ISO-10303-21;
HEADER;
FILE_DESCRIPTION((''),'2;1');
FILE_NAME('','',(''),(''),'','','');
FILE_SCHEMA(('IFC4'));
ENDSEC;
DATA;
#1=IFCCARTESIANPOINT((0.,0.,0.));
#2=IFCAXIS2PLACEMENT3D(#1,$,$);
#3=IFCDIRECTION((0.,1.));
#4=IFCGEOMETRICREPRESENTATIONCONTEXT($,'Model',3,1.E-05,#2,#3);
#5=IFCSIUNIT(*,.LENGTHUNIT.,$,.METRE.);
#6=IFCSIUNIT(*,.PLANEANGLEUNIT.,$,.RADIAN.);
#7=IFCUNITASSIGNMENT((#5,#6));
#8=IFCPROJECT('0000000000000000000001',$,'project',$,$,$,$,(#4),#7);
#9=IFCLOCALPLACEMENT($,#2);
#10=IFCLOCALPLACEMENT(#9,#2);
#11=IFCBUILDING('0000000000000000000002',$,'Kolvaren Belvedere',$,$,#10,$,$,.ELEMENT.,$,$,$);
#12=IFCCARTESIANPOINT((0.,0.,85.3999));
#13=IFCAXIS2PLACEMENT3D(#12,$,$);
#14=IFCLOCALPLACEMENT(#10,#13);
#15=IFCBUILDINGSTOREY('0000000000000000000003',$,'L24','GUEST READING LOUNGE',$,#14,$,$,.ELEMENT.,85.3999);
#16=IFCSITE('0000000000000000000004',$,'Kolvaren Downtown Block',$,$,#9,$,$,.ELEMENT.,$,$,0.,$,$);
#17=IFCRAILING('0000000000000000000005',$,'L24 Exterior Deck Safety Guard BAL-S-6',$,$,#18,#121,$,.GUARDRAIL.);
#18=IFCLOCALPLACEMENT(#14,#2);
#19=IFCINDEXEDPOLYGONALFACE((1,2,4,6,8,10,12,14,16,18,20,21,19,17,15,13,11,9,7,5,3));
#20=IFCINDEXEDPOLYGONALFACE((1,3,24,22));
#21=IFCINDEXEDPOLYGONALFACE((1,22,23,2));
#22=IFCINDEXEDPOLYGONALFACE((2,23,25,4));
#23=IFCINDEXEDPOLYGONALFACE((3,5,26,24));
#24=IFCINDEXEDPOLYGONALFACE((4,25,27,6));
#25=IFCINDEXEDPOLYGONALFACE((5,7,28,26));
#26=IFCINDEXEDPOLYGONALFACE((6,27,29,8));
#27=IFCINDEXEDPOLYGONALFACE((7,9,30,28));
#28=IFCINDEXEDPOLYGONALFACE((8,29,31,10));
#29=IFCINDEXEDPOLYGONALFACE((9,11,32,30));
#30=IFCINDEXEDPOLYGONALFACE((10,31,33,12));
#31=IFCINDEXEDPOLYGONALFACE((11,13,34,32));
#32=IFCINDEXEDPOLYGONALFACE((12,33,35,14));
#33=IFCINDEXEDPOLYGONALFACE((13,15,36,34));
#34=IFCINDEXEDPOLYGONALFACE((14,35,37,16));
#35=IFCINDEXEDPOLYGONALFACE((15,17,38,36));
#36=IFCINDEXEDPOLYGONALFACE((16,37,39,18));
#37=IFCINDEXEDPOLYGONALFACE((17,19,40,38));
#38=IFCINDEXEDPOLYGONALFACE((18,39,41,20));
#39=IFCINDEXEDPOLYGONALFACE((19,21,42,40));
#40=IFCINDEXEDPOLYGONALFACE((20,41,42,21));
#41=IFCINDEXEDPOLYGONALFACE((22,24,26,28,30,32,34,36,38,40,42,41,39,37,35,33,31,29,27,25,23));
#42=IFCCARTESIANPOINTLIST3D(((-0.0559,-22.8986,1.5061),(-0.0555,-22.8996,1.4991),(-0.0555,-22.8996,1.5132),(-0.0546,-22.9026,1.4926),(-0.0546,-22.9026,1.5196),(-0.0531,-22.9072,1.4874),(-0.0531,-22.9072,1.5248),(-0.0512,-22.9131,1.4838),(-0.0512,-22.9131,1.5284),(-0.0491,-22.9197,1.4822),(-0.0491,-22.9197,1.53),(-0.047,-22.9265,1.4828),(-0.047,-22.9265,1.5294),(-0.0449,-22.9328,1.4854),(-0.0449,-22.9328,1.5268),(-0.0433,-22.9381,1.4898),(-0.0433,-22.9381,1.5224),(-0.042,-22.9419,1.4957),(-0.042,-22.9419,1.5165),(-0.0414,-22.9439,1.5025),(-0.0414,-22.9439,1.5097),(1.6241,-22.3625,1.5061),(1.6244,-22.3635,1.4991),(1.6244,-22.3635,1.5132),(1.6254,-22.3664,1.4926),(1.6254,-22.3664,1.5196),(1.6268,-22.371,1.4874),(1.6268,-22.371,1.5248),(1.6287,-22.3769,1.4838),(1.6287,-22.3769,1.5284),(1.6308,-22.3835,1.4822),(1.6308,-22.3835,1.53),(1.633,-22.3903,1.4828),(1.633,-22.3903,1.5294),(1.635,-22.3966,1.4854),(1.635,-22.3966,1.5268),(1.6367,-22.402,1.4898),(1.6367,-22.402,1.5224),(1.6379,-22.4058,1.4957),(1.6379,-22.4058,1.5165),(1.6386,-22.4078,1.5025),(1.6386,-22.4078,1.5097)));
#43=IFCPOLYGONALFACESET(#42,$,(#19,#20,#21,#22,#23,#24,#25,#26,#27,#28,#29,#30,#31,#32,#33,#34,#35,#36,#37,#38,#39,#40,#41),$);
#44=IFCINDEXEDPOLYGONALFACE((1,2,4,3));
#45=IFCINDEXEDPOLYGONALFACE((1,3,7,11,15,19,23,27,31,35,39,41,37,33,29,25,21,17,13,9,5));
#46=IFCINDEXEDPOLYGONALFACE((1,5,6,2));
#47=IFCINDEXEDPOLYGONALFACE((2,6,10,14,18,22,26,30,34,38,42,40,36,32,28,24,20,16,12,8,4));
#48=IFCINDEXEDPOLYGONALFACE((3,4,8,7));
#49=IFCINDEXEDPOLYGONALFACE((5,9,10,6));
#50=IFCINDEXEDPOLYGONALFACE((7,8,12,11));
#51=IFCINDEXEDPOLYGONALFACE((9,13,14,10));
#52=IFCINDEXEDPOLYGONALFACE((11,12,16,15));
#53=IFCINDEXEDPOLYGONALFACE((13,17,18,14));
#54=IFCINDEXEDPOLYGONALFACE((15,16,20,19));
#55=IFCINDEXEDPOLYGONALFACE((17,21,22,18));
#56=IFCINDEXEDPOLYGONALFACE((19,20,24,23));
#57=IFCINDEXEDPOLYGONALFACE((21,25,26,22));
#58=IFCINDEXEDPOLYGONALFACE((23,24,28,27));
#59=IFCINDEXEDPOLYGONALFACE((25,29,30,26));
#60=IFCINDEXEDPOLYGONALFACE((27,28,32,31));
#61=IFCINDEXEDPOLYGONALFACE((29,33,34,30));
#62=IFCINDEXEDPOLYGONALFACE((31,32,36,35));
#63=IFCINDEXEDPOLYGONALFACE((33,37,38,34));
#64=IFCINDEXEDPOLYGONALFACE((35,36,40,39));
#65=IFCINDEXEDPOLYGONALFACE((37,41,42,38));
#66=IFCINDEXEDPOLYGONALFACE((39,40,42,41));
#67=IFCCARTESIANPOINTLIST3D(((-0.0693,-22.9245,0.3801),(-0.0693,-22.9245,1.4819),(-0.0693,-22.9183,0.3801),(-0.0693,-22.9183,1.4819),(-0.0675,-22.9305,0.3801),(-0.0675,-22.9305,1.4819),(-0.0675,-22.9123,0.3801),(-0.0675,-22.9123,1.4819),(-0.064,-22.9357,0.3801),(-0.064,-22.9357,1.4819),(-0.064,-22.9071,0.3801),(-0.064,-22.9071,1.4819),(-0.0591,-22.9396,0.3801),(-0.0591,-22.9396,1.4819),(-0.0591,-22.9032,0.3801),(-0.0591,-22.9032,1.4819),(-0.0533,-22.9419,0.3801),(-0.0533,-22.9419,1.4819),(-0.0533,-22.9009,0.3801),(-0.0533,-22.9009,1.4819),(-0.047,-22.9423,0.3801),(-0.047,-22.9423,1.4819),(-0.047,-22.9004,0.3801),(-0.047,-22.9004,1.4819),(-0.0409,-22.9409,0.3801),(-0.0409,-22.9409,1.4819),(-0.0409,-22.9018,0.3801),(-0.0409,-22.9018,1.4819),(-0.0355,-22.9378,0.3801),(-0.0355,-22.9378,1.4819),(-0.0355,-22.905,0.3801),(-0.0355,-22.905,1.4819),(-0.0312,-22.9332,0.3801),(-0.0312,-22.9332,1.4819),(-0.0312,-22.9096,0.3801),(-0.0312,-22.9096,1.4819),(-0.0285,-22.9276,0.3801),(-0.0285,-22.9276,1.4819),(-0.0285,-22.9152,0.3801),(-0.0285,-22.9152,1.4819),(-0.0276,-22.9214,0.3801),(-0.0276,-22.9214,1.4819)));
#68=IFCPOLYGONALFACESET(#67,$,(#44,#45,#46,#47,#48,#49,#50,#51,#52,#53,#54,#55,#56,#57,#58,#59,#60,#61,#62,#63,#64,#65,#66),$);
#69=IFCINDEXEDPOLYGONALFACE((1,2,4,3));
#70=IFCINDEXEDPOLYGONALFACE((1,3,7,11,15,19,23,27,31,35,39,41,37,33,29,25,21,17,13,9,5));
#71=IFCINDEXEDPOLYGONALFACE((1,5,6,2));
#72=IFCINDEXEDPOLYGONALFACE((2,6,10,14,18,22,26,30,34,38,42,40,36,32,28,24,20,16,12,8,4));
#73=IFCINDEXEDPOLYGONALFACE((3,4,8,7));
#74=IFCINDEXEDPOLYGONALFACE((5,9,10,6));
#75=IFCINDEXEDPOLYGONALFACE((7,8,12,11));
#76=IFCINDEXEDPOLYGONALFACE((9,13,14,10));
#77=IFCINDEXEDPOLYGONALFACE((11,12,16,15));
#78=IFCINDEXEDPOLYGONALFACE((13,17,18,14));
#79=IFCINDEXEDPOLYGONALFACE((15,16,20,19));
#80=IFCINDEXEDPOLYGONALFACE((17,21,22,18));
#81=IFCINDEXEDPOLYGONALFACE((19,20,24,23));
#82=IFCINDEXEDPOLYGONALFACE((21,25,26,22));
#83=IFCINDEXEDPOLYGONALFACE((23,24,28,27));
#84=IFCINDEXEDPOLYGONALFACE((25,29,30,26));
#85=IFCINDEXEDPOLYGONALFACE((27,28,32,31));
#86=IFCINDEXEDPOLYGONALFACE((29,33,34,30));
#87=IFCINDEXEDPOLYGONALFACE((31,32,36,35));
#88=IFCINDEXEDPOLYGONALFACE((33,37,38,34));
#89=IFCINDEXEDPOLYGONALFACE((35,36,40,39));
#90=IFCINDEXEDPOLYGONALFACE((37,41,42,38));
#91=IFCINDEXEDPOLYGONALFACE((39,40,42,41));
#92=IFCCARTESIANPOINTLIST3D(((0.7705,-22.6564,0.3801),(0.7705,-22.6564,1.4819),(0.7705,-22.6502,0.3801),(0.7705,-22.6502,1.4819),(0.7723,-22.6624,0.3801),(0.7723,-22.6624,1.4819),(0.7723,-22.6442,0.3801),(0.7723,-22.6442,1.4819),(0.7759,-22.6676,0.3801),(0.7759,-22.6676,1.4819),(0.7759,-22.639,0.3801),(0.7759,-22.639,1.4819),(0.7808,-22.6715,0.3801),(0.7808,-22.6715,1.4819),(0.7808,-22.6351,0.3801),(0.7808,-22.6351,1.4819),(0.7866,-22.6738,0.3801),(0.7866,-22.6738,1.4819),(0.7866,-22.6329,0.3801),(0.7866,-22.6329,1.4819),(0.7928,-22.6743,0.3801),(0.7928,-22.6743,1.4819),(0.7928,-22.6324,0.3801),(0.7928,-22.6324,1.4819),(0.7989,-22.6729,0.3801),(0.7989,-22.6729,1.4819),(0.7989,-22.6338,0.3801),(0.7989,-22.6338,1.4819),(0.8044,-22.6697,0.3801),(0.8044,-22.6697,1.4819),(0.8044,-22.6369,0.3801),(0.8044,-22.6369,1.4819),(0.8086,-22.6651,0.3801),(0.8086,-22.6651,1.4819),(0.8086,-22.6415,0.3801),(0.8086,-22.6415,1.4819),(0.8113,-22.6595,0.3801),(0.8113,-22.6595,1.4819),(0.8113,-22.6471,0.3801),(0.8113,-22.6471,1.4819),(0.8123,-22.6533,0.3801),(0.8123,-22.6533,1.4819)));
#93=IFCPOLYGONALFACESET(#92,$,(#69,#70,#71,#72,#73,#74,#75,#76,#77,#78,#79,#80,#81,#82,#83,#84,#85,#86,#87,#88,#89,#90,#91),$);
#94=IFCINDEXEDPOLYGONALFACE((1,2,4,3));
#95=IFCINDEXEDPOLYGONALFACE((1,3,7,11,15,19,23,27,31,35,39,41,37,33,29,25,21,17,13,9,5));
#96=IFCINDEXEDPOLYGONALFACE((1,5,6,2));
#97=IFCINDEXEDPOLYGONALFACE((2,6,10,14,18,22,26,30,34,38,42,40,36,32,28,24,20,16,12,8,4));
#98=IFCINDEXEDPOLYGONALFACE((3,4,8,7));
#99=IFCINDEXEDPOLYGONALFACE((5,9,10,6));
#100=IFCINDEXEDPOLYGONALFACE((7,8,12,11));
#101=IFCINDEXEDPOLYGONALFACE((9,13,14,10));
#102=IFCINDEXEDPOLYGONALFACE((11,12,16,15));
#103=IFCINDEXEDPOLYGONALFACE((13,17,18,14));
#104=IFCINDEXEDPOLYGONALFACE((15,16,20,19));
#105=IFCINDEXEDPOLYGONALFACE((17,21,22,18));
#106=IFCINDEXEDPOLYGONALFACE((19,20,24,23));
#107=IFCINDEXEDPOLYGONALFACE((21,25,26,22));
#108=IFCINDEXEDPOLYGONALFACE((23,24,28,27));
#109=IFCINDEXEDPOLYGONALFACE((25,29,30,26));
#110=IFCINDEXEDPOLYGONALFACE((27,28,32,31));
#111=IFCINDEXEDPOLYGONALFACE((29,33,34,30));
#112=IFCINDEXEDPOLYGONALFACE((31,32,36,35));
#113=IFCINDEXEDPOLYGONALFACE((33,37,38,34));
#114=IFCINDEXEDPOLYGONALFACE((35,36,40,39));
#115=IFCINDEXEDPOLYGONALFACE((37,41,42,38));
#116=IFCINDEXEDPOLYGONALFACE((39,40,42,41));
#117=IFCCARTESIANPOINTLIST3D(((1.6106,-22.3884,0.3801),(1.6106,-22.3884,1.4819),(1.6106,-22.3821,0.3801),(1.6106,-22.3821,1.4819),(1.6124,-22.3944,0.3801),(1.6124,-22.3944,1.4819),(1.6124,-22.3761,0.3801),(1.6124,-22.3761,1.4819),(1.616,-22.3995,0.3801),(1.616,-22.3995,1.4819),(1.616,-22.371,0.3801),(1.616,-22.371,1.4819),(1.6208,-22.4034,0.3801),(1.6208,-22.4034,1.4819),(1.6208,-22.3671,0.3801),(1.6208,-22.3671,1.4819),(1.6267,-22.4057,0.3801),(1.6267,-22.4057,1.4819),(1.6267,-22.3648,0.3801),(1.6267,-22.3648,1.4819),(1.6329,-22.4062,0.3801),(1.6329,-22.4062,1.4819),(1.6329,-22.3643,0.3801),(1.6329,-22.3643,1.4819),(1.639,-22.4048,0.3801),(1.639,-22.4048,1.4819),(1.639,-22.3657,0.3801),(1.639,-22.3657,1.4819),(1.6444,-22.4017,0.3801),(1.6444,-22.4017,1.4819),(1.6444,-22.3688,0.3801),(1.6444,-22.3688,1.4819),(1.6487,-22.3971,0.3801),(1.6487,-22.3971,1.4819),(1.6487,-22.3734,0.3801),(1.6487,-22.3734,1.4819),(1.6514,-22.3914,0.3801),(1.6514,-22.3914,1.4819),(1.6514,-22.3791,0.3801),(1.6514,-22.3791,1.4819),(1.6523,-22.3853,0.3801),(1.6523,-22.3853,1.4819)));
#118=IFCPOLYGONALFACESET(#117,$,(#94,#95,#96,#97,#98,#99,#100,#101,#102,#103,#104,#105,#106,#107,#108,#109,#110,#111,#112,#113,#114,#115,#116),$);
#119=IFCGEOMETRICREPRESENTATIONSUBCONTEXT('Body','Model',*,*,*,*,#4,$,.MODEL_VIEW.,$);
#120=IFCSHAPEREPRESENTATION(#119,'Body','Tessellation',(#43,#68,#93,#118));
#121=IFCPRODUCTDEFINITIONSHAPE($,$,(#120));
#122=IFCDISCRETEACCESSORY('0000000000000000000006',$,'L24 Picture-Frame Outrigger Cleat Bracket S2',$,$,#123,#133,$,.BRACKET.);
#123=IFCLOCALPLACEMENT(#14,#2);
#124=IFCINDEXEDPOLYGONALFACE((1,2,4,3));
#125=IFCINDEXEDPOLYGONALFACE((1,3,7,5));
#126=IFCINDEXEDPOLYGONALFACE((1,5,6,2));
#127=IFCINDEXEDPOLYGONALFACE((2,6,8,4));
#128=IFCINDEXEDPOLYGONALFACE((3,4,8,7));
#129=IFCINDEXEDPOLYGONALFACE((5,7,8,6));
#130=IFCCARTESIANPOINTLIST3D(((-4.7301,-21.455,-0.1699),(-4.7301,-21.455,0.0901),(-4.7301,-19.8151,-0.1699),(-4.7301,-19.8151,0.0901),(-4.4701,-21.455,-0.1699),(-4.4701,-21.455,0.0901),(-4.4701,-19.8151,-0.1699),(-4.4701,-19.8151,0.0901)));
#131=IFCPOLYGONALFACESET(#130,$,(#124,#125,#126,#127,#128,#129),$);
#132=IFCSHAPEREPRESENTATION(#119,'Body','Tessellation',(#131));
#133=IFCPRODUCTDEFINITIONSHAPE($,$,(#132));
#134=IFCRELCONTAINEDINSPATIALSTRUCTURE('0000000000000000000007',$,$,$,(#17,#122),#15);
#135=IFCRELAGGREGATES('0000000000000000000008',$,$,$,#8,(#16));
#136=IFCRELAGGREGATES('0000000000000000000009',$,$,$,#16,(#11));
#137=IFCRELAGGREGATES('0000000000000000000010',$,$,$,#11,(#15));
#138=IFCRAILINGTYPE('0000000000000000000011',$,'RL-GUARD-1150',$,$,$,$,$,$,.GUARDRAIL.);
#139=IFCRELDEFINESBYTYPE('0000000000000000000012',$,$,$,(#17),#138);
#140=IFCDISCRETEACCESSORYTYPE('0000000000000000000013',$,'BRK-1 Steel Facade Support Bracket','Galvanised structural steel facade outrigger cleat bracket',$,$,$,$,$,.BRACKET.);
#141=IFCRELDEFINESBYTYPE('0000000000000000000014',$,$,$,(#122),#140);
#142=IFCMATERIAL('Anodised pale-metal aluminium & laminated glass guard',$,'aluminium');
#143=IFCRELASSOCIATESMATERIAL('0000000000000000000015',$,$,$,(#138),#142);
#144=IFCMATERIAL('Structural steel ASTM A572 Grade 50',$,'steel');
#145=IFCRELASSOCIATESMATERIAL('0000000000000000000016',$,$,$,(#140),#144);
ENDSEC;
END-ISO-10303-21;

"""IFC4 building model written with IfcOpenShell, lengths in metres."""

from ifc_helpers import new_model, si_unit, direction, frame, origin, origin_2d, place, context, subcontext, project, spatial, rectangle, circle, extrude, material, type_object, element, save


model = new_model("IFC4")

# Units and contexts
model_context = context("Model", 3, precision=1e-05, world=origin(), true_north=direction((0.0, 1.0)))
body_context = subcontext(model_context, "Body", "Model", "MODEL_VIEW")
ifc_project = project(units=[si_unit("LENGTHUNIT", "METRE"), si_unit("PLANEANGLEUNIT", "RADIAN")], contexts=[model_context])

# Site, building, storey
site_placement = place(None, origin())
site = spatial("IfcSite", under=ifc_project, at=site_placement, Name="Kolvaren Downtown Block", CompositionType="ELEMENT", RefElevation=0.0)
building_placement = place(site_placement, origin())
building = spatial("IfcBuilding", under=site, at=building_placement, Name="Kolvaren Belvedere", CompositionType="ELEMENT")
storey_placement = place(building_placement, frame((0.0, 0.0, 85.3999)))
storey = spatial("IfcBuildingStorey", under=building, at=storey_placement, Name="L24", Description="GUEST READING LOUNGE", CompositionType="ELEMENT", Elevation=85.3999)

# Railing
ifc_material_1 = material(Name="Anodised pale-metal aluminium & laminated glass guard", Category="aluminium")
railing_type = type_object("IfcRailingType", Name="RL-GUARD-1150", PredefinedType="GUARDRAIL", material=ifc_material_1)
railing_1_placement = place(storey_placement, frame((-0.0486, -22.9214, 0.3801)))
element("IfcRailing", 1, at=railing_1_placement, inside=storey, type_object=railing_type, Name="L24 Exterior Deck Safety Guard BAL-S-6", PredefinedType="GUARDRAIL", context=body_context, shape_type="SweptSolid", body=[
    extrude(circle(Radius=0.0239, at=origin_2d()), frame((0.0, 0.0, 1.126), z_axis=(0.952662, 0.304032, 0.0), x_axis=(-0.304032, 0.952662, 0.0)), (0.0, 0.0, 1.0), 1.7634),
    extrude(circle(Radius=0.021, at=origin_2d()), origin(), (0.0, 0.0, 1.0), 1.1018),
    extrude(circle(Radius=0.021, at=origin_2d()), frame((0.8398, 0.2681, 0.0)), (0.0, 0.0, 1.0), 1.1018),
    extrude(circle(Radius=0.021, at=origin_2d()), frame((1.6799, 0.5361, 0.0)), (0.0, 0.0, 1.0), 1.1018),
])

# Discrete accessory
ifc_material_2 = material(Name="Structural steel ASTM A572 Grade 50", Category="steel")
discrete_accessory_type = type_object("IfcDiscreteAccessoryType", Name="BRK-1 Steel Facade Support Bracket", Description="Galvanised structural steel facade outrigger cleat bracket", PredefinedType="BRACKET", material=ifc_material_2)
discrete_accessory_placement = place(storey_placement, frame((-4.6001, -20.635, -0.1699), z_axis=(0.0, 0.0, 1.0), x_axis=(0.0, 1.0, 0.0)))
element("IfcDiscreteAccessory", 2, at=discrete_accessory_placement, inside=storey, type_object=discrete_accessory_type, Name="L24 Picture-Frame Outrigger Cleat Bracket S2", PredefinedType="BRACKET", context=body_context, shape_type="SweptSolid", body=[
    extrude(rectangle(XDim=1.6399, YDim=0.26, at=origin_2d()), origin(), (0.0, 0.0, 1.0), 0.26),
])

save(model, "model.ifc")
